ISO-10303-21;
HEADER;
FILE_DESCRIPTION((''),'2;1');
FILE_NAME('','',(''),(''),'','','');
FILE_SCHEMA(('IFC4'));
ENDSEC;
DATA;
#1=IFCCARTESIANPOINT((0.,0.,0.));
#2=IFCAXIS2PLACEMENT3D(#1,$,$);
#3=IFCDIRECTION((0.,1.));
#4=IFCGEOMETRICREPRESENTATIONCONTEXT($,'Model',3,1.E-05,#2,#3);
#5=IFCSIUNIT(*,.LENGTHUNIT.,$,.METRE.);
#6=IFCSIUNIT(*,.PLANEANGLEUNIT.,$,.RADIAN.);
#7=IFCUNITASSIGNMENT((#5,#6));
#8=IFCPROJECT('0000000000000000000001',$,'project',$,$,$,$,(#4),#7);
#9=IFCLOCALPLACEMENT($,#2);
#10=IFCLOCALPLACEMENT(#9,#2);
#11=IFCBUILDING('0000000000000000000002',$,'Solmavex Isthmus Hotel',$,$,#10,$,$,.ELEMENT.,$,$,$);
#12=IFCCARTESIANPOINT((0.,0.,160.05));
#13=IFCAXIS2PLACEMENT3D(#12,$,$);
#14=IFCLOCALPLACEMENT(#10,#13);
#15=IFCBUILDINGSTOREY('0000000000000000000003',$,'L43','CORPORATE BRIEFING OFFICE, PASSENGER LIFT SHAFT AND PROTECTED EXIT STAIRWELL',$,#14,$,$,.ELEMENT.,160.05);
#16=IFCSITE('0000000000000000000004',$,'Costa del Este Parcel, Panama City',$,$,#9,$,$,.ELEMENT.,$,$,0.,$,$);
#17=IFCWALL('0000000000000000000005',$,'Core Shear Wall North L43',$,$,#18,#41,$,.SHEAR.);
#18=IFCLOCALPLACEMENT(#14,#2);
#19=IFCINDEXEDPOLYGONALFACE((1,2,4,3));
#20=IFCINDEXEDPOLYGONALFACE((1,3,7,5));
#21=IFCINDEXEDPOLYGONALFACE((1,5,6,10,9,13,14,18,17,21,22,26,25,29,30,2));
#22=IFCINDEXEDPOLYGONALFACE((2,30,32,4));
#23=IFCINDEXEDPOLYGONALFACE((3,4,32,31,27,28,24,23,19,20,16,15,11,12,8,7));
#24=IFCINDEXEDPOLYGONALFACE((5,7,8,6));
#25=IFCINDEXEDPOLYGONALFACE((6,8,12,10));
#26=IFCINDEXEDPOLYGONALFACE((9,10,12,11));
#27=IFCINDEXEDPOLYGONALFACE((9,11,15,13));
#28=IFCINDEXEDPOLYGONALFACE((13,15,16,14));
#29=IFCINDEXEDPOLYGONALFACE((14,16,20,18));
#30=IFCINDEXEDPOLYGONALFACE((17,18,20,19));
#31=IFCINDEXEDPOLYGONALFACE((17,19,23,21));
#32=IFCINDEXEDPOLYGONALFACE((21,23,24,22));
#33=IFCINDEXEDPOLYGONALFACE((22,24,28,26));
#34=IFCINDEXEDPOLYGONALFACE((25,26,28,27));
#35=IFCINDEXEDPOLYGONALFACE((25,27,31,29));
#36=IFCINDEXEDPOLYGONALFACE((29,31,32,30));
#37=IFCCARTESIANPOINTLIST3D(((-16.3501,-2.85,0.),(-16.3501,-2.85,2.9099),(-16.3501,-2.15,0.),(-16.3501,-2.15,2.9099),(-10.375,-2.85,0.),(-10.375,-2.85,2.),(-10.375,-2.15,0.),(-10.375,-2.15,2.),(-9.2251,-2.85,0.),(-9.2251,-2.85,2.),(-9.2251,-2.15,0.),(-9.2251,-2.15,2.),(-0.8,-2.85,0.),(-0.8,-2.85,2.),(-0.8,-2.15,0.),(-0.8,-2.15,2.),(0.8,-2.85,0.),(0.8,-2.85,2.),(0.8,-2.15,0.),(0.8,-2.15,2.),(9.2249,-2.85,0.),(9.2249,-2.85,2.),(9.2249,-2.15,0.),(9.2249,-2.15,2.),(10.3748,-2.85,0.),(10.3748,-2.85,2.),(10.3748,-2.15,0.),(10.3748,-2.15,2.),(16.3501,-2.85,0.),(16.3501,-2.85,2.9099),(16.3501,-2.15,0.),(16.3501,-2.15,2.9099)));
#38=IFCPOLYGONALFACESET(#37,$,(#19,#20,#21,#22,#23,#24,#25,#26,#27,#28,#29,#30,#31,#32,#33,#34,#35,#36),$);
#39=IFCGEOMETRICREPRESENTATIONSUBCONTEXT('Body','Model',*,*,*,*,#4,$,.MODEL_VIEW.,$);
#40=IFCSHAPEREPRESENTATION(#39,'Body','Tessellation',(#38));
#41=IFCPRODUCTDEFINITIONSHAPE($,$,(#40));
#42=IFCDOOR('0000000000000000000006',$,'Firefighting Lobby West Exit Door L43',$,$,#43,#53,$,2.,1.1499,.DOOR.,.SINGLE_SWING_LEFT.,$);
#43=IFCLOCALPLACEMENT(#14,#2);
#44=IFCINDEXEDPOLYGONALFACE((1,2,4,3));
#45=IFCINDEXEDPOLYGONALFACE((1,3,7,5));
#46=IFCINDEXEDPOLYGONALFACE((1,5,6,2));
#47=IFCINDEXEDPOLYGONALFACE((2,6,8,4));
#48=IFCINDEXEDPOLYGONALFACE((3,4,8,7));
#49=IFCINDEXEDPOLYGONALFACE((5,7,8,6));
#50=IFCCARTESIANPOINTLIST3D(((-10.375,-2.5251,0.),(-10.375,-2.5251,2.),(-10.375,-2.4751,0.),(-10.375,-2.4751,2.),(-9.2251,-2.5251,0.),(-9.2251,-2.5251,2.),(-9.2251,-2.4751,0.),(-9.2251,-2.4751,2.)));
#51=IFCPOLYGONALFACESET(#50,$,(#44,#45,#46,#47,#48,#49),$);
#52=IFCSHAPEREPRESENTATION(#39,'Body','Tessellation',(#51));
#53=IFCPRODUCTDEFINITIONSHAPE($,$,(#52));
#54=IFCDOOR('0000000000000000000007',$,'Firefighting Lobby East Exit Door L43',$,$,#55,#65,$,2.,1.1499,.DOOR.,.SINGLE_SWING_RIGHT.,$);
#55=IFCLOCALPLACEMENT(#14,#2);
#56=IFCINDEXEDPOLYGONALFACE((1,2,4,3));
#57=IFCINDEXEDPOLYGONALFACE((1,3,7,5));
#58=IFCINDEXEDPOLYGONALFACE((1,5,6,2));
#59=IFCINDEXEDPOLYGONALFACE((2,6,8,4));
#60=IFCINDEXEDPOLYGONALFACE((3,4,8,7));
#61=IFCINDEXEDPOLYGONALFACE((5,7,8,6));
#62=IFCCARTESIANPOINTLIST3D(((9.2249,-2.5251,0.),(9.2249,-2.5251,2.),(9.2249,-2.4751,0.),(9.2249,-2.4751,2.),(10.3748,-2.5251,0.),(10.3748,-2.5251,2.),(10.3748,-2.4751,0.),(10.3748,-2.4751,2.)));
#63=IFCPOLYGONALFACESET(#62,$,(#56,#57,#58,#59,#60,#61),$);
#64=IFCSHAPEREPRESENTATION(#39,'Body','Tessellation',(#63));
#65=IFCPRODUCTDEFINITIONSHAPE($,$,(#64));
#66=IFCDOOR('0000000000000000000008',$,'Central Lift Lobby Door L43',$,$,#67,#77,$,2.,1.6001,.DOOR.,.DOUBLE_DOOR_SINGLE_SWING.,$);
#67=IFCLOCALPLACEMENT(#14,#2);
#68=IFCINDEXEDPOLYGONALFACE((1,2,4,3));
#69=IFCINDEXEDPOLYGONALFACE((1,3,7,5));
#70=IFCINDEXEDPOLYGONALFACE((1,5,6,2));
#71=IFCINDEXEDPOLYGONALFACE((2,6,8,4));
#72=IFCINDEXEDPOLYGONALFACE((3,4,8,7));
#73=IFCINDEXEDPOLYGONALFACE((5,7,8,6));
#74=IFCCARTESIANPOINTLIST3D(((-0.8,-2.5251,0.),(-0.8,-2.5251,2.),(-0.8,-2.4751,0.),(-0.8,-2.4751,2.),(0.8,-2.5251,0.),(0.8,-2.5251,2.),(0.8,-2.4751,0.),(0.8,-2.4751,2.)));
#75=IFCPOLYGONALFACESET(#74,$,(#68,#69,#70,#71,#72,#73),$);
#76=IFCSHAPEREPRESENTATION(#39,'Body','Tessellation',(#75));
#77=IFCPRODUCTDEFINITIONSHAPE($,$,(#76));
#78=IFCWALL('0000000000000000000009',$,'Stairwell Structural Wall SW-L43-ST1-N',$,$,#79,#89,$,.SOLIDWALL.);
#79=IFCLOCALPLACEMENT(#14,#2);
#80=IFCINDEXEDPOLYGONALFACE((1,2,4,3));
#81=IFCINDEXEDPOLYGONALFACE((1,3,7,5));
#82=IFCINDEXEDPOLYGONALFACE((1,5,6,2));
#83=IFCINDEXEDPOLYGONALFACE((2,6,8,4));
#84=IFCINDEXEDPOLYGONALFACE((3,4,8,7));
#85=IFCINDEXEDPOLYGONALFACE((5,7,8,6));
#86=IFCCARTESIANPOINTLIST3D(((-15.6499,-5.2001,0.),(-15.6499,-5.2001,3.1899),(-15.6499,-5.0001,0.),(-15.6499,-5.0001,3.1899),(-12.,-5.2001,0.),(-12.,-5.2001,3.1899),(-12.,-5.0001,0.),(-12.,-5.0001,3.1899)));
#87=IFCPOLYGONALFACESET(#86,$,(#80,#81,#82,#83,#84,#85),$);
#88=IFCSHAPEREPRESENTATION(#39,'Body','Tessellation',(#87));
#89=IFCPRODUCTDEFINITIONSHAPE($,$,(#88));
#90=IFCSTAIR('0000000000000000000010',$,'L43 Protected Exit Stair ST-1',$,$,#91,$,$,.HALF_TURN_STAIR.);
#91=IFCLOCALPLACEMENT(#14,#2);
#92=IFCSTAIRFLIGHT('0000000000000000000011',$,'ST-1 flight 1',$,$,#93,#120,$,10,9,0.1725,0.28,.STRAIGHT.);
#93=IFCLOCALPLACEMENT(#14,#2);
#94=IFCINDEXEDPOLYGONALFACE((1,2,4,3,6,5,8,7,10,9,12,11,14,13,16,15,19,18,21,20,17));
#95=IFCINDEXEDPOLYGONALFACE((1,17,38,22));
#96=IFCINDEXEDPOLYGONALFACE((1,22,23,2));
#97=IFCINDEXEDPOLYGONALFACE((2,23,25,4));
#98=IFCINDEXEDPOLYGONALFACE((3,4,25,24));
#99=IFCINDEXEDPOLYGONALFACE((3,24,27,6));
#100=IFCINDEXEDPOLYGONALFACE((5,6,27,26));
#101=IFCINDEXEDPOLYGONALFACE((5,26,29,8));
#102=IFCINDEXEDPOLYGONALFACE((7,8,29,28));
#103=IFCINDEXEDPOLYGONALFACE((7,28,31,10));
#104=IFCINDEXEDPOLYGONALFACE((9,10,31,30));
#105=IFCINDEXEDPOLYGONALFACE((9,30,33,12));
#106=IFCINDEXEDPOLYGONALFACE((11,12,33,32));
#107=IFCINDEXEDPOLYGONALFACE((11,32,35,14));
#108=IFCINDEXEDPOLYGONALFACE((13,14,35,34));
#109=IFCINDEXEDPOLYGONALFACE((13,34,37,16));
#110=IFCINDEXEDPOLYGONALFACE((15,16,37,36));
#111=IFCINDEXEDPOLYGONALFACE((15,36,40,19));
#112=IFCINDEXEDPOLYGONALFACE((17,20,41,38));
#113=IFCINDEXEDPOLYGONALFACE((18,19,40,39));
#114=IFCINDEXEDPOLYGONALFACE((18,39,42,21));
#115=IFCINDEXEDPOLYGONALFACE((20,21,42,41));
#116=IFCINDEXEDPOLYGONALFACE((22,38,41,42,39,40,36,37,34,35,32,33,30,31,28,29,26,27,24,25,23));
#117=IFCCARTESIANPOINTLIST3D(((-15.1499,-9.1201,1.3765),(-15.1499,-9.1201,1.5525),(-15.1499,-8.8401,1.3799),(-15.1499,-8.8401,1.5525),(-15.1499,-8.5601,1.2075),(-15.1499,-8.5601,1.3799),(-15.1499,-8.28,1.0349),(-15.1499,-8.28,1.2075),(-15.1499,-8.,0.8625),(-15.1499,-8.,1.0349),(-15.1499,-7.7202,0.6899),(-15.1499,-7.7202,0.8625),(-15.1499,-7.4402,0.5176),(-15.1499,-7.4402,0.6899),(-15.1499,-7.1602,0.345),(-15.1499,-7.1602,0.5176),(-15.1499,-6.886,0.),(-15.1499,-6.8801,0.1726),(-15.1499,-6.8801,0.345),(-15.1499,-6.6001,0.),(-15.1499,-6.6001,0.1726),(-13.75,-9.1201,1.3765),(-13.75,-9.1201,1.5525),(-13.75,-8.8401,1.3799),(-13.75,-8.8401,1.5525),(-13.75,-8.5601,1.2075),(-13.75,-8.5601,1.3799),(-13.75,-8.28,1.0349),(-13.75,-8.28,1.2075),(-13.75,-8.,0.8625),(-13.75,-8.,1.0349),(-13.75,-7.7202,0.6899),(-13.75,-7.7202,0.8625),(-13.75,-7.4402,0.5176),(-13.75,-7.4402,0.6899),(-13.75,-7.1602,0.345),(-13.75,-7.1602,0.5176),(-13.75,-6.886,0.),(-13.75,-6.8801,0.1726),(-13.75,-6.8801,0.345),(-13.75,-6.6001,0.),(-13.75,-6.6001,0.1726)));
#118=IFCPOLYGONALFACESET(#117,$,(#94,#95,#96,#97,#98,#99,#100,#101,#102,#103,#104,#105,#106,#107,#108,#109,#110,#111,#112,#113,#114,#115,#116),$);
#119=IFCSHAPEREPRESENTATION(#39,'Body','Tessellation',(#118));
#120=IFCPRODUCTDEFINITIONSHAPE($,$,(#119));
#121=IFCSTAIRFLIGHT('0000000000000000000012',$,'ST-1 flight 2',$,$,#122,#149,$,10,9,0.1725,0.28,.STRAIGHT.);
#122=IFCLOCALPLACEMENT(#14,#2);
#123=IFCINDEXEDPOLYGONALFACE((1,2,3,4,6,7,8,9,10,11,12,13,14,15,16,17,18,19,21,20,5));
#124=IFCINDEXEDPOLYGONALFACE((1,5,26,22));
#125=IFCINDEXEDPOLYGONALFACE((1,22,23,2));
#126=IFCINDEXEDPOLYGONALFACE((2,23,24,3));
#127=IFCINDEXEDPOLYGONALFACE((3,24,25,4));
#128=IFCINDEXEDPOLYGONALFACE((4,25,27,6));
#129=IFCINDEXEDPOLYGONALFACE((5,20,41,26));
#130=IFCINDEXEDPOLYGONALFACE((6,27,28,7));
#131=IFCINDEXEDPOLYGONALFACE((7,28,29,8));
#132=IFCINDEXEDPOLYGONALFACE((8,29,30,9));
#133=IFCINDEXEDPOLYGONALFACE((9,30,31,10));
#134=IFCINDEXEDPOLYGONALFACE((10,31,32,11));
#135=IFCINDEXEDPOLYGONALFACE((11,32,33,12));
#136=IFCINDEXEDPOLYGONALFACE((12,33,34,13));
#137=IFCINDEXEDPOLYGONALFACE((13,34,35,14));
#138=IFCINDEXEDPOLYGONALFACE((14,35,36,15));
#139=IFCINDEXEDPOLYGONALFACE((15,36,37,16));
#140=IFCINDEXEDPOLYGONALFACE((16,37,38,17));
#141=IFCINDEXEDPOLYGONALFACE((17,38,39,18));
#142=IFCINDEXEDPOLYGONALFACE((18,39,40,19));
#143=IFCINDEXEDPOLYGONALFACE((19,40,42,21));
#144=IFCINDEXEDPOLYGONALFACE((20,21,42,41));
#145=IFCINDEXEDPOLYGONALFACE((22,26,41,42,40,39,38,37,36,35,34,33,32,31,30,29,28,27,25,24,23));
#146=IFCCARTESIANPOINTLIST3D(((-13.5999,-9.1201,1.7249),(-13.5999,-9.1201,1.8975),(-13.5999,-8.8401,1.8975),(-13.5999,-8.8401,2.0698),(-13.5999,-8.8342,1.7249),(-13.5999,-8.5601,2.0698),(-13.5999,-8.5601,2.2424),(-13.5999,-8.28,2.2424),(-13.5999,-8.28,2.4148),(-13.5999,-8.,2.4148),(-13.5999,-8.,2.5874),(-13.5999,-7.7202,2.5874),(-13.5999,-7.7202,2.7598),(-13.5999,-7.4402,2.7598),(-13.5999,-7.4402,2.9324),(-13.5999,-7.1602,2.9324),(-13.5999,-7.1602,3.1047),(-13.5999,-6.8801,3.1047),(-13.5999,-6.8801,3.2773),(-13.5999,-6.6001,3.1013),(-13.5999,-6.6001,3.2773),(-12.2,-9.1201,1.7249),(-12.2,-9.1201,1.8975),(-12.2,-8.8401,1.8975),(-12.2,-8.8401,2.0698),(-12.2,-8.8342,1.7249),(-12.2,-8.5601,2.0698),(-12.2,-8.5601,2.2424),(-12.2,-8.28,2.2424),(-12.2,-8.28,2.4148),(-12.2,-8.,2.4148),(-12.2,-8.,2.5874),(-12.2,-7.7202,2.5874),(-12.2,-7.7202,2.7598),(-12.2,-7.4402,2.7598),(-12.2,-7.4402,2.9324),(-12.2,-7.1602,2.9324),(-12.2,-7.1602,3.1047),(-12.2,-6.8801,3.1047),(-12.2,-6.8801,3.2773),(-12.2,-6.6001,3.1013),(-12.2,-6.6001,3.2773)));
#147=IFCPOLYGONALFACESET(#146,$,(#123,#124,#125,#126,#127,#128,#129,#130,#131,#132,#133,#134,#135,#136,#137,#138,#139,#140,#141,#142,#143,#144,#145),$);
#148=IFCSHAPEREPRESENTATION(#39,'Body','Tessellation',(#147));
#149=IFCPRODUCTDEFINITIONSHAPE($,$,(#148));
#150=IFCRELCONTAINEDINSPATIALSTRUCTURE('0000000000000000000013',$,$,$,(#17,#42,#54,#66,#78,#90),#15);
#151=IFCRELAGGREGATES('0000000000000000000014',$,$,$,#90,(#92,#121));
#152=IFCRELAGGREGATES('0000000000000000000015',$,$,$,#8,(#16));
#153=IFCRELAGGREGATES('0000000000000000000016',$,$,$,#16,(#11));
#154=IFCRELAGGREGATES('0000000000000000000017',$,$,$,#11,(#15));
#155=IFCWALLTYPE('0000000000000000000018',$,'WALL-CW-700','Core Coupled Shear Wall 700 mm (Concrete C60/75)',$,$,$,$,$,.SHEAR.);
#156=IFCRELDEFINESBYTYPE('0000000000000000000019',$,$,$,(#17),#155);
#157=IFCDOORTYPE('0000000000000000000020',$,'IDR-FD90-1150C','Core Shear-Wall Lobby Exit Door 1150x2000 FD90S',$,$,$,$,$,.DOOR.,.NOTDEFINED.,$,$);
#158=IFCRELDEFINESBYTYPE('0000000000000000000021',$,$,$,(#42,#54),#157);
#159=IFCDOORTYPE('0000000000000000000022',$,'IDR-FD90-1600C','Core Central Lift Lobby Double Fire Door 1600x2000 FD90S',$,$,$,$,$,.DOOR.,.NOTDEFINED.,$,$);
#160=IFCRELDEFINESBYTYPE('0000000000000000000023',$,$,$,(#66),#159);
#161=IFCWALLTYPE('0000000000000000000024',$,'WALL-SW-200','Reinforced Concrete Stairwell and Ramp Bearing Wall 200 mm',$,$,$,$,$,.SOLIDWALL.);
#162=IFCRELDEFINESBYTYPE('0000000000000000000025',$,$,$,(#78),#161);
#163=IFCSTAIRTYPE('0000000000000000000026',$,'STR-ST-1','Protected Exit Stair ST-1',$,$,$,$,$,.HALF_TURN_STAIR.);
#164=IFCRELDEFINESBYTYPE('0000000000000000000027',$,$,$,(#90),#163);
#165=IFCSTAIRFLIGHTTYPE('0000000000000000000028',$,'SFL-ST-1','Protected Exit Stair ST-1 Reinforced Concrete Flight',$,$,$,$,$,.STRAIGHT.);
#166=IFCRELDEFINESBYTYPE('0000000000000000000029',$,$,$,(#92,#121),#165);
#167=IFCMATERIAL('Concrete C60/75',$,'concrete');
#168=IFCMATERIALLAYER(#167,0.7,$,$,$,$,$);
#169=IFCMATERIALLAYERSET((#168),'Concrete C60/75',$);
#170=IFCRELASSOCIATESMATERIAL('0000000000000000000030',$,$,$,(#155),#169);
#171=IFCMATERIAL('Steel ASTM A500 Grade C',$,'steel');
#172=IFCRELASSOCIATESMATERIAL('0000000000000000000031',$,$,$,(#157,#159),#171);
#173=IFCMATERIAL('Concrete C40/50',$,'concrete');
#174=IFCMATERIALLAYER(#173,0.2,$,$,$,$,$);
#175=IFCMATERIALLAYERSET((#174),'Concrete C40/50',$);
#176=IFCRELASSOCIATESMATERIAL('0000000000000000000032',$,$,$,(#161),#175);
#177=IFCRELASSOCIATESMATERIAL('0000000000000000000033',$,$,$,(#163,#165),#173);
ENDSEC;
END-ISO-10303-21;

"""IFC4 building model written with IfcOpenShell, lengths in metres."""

from ifc_helpers import new_model, si_unit, direction, frame, frame_2d, origin, place, context, subcontext, project, spatial, polyline, rectangle, outline, extrude, material, layer, layer_set, type_object, element, fill, aggregate, save


model = new_model("IFC4")

# Units and contexts
model_context = context("Model", 3, precision=1e-05, world=origin(), true_north=direction((0.0, 1.0)))
body_context = subcontext(model_context, "Body", "Model", "MODEL_VIEW")
ifc_project = project(units=[si_unit("LENGTHUNIT", "METRE"), si_unit("PLANEANGLEUNIT", "RADIAN")], contexts=[model_context])

# Site, building, storey
site_placement = place(None, origin())
site = spatial("IfcSite", under=ifc_project, at=site_placement, Name="Costa del Este Parcel, Panama City", CompositionType="ELEMENT", RefElevation=0.0)
building_placement = place(site_placement, origin())
building = spatial("IfcBuilding", under=site, at=building_placement, Name="Solmavex Isthmus Hotel", CompositionType="ELEMENT")
storey_placement = place(building_placement, frame((0.0, 0.0, 160.05)))
storey = spatial("IfcBuildingStorey", under=building, at=storey_placement, Name="L43", Description="CORPORATE BRIEFING OFFICE, PASSENGER LIFT SHAFT AND PROTECTED EXIT STAIRWELL", CompositionType="ELEMENT", Elevation=160.05)

# Shared definitions
ifc_material_1 = material(Name="Concrete C60/75", Category="concrete")

# Wall, openings, doors
ifc_layer_1 = layer(ifc_material_1, 0.7)
ifc_layer_set_1 = layer_set([ifc_layer_1], Name="Concrete C60/75")
wall_type_1 = type_object("IfcWallType", Name="WALL-CW-700", Description="Core Coupled Shear Wall 700 mm (Concrete C60/75)", PredefinedType="SHEAR", material=ifc_layer_set_1)
wall_1_placement = place(storey_placement, frame((-16.3501, -2.5, 0.0), z_axis=(0.0, 0.0, 1.0), x_axis=(1.0, 0.0, 0.0)))
wall_1 = element("IfcWall", 1, at=wall_1_placement, inside=storey, type_object=wall_type_1, Name="Core Shear Wall North L43", PredefinedType="SHEAR", context=body_context, shape_type="SweptSolid", body=[
    extrude(rectangle(XDim=32.7002, YDim=0.7, at=frame_2d((16.3501, 0.0))), origin(), (0.0, 0.0, 1.0), 2.9099),
])
opening_1_placement = place(wall_1_placement, frame((5.9751, 0.0, 0.0)))
opening_1 = element("IfcOpeningElement", 2, at=opening_1_placement, cuts=wall_1, PredefinedType="OPENING", context=body_context, shape_type="SweptSolid", body=[
    extrude(rectangle(XDim=1.1499, YDim=2.0, at=frame_2d((0.575, 1.0))), frame((0.0, 0.3599, 0.0), z_axis=(0.0, -1.0, 0.0), x_axis=(1.0, 0.0, 0.0)), (0.0, 0.0, 1.0), 0.72),
])
opening_2_placement = place(wall_1_placement, frame((15.55, 0.0, 0.0)))
opening_2 = element("IfcOpeningElement", 3, at=opening_2_placement, cuts=wall_1, PredefinedType="OPENING", context=body_context, shape_type="SweptSolid", body=[
    extrude(rectangle(XDim=1.6001, YDim=2.0, at=frame_2d((0.8, 1.0))), frame((0.0, 0.3599, 0.0), z_axis=(0.0, -1.0, 0.0), x_axis=(1.0, 0.0, 0.0)), (0.0, 0.0, 1.0), 0.72),
])
opening_3_placement = place(wall_1_placement, frame((25.575, 0.0, 0.0)))
opening_3 = element("IfcOpeningElement", 4, at=opening_3_placement, cuts=wall_1, PredefinedType="OPENING", context=body_context, shape_type="SweptSolid", body=[
    extrude(rectangle(XDim=1.1499, YDim=2.0, at=frame_2d((0.575, 1.0))), frame((0.0, 0.3599, 0.0), z_axis=(0.0, -1.0, 0.0), x_axis=(1.0, 0.0, 0.0)), (0.0, 0.0, 1.0), 0.72),
])
ifc_material_2 = material(Name="Steel ASTM A500 Grade C", Category="steel")
door_type_1 = type_object("IfcDoorType", Name="IDR-FD90-1150C", Description="Core Shear-Wall Lobby Exit Door 1150x2000 FD90S", OperationType="NOTDEFINED", PredefinedType="DOOR", material=ifc_material_2)
door_1_placement = place(opening_1_placement, origin())
door_1 = element("IfcDoor", 5, at=door_1_placement, inside=storey, type_object=door_type_1, Name="Firefighting Lobby West Exit Door L43", OperationType="SINGLE_SWING_LEFT", OverallHeight=2.0, OverallWidth=1.1499, PredefinedType="DOOR", context=body_context, shape_type="SweptSolid", body=[
    extrude(rectangle(XDim=1.1499, YDim=2.0, at=frame_2d((0.575, 1.0))), frame((0.0, 0.0249, 0.0), z_axis=(0.0, -1.0, 0.0), x_axis=(1.0, 0.0, 0.0)), (0.0, 0.0, 1.0), 0.05),
])
fill(opening_1, door_1)
door_2_placement = place(opening_3_placement, origin())
door_2 = element("IfcDoor", 6, at=door_2_placement, inside=storey, type_object=door_type_1, Name="Firefighting Lobby East Exit Door L43", OperationType="SINGLE_SWING_RIGHT", OverallHeight=2.0, OverallWidth=1.1499, PredefinedType="DOOR", context=body_context, shape_type="SweptSolid", body=[
    extrude(rectangle(XDim=1.1499, YDim=2.0, at=frame_2d((0.575, 1.0))), frame((0.0, 0.0249, 0.0), z_axis=(0.0, -1.0, 0.0), x_axis=(1.0, 0.0, 0.0)), (0.0, 0.0, 1.0), 0.05),
])
fill(opening_3, door_2)
door_type_2 = type_object("IfcDoorType", Name="IDR-FD90-1600C", Description="Core Central Lift Lobby Double Fire Door 1600x2000 FD90S", OperationType="NOTDEFINED", PredefinedType="DOOR", material=ifc_material_2)
door_3_placement = place(opening_2_placement, origin())
door_3 = element("IfcDoor", 7, at=door_3_placement, inside=storey, type_object=door_type_2, Name="Central Lift Lobby Door L43", OperationType="DOUBLE_DOOR_SINGLE_SWING", OverallHeight=2.0, OverallWidth=1.6001, PredefinedType="DOOR", context=body_context, shape_type="SweptSolid", body=[
    extrude(rectangle(XDim=1.6001, YDim=2.0, at=frame_2d((0.8, 1.0))), frame((0.0, 0.0249, 0.0), z_axis=(0.0, -1.0, 0.0), x_axis=(1.0, 0.0, 0.0)), (0.0, 0.0, 1.0), 0.05),
])
fill(opening_2, door_3)

# Wall
ifc_material_3 = material(Name="Concrete C40/50", Category="concrete")
ifc_layer_2 = layer(ifc_material_3, 0.2)
ifc_layer_set_2 = layer_set([ifc_layer_2], Name="Concrete C40/50")
wall_type_2 = type_object("IfcWallType", Name="WALL-SW-200", Description="Reinforced Concrete Stairwell and Ramp Bearing Wall 200 mm", PredefinedType="SOLIDWALL", material=ifc_layer_set_2)
wall_2_placement = place(storey_placement, frame((-15.6499, -5.1001, 0.0), z_axis=(0.0, 0.0, 1.0), x_axis=(1.0, 0.0, 0.0)))
element("IfcWall", 8, at=wall_2_placement, inside=storey, type_object=wall_type_2, Name="Stairwell Structural Wall SW-L43-ST1-N", PredefinedType="SOLIDWALL", context=body_context, shape_type="SweptSolid", body=[
    extrude(rectangle(XDim=3.6499, YDim=0.2, at=frame_2d((1.825, 0.0))), origin(), (0.0, 0.0, 1.0), 3.1899),
])

# Stair, stair flights
stair_type = type_object("IfcStairType", Name="STR-ST-1", Description="Protected Exit Stair ST-1", PredefinedType="HALF_TURN_STAIR", material=ifc_material_3)
stair_placement = place(storey_placement, origin())
stair = element("IfcStair", 9, at=stair_placement, inside=storey, type_object=stair_type, Name="L43 Protected Exit Stair ST-1", PredefinedType="HALF_TURN_STAIR")
stair_flight_type = type_object("IfcStairFlightType", Name="SFL-ST-1", Description="Protected Exit Stair ST-1 Reinforced Concrete Flight", PredefinedType="STRAIGHT", material=ifc_material_3)
stair_flight_1_placement = place(storey_placement, frame((-14.45, -6.6001, 0.0), z_axis=(0.0, 0.0, 1.0), x_axis=(0.0, -1.0, 0.0)))
stair_flight_1 = element("IfcStairFlight", 10, at=stair_flight_1_placement, type_object=stair_flight_type, Name="ST-1 flight 1", NumberOfRisers=10, NumberOfTreads=9, PredefinedType="STRAIGHT", RiserHeight=0.1725, TreadLength=0.28, context=body_context, shape_type="SweptSolid", body=[
    extrude(outline(polyline([(0.0, 0.0), (0.0, 0.1726), (0.28, 0.1726), (0.28, 0.345), (0.5601, 0.345), (0.5601, 0.5176), (0.8401, 0.5176), (0.8401, 0.6899), (1.1201, 0.6899), (1.1201, 0.8625), (1.3999, 0.8625), (1.3999, 1.0349), (1.6799, 1.0349), (1.6799, 1.2075), (1.96, 1.2075), (1.96, 1.3799), (2.24, 1.3799), (2.24, 1.5525), (2.52, 1.5525), (2.52, 1.7251), (2.52, 1.3765), (0.2859, 0.0), (0.0, 0.0)])), frame((0.0, 0.7, 0.0), z_axis=(0.0, -1.0, 0.0), x_axis=(1.0, 0.0, 0.0)), (0.0, 0.0, 1.0), 1.3999),
])
stair_flight_2_placement = place(storey_placement, frame((-12.8999, -9.1201, 1.7249), z_axis=(0.0, 0.0, 1.0), x_axis=(0.0, 1.0, 0.0)))
stair_flight_2 = element("IfcStairFlight", 11, at=stair_flight_2_placement, type_object=stair_flight_type, Name="ST-1 flight 2", NumberOfRisers=10, NumberOfTreads=9, PredefinedType="STRAIGHT", RiserHeight=0.1725, TreadLength=0.28, context=body_context, shape_type="SweptSolid", body=[
    extrude(outline(polyline([(0.0, 0.0), (0.0, 0.1726), (0.28, 0.1726), (0.28, 0.345), (0.5601, 0.345), (0.5601, 0.5176), (0.8401, 0.5176), (0.8401, 0.6899), (1.1201, 0.6899), (1.1201, 0.8625), (1.3999, 0.8625), (1.3999, 1.0349), (1.6799, 1.0349), (1.6799, 1.2075), (1.96, 1.2075), (1.96, 1.3799), (2.24, 1.3799), (2.24, 1.5525), (2.52, 1.5525), (2.52, 1.7251), (2.52, 1.3765), (0.2859, 0.0), (0.0, 0.0)])), frame((0.0, 0.7, 0.0), z_axis=(0.0, -1.0, 0.0), x_axis=(1.0, 0.0, 0.0)), (0.0, 0.0, 1.0), 1.3999),
])
aggregate(stair, [stair_flight_1, stair_flight_2])

save(model, "model.ifc")
